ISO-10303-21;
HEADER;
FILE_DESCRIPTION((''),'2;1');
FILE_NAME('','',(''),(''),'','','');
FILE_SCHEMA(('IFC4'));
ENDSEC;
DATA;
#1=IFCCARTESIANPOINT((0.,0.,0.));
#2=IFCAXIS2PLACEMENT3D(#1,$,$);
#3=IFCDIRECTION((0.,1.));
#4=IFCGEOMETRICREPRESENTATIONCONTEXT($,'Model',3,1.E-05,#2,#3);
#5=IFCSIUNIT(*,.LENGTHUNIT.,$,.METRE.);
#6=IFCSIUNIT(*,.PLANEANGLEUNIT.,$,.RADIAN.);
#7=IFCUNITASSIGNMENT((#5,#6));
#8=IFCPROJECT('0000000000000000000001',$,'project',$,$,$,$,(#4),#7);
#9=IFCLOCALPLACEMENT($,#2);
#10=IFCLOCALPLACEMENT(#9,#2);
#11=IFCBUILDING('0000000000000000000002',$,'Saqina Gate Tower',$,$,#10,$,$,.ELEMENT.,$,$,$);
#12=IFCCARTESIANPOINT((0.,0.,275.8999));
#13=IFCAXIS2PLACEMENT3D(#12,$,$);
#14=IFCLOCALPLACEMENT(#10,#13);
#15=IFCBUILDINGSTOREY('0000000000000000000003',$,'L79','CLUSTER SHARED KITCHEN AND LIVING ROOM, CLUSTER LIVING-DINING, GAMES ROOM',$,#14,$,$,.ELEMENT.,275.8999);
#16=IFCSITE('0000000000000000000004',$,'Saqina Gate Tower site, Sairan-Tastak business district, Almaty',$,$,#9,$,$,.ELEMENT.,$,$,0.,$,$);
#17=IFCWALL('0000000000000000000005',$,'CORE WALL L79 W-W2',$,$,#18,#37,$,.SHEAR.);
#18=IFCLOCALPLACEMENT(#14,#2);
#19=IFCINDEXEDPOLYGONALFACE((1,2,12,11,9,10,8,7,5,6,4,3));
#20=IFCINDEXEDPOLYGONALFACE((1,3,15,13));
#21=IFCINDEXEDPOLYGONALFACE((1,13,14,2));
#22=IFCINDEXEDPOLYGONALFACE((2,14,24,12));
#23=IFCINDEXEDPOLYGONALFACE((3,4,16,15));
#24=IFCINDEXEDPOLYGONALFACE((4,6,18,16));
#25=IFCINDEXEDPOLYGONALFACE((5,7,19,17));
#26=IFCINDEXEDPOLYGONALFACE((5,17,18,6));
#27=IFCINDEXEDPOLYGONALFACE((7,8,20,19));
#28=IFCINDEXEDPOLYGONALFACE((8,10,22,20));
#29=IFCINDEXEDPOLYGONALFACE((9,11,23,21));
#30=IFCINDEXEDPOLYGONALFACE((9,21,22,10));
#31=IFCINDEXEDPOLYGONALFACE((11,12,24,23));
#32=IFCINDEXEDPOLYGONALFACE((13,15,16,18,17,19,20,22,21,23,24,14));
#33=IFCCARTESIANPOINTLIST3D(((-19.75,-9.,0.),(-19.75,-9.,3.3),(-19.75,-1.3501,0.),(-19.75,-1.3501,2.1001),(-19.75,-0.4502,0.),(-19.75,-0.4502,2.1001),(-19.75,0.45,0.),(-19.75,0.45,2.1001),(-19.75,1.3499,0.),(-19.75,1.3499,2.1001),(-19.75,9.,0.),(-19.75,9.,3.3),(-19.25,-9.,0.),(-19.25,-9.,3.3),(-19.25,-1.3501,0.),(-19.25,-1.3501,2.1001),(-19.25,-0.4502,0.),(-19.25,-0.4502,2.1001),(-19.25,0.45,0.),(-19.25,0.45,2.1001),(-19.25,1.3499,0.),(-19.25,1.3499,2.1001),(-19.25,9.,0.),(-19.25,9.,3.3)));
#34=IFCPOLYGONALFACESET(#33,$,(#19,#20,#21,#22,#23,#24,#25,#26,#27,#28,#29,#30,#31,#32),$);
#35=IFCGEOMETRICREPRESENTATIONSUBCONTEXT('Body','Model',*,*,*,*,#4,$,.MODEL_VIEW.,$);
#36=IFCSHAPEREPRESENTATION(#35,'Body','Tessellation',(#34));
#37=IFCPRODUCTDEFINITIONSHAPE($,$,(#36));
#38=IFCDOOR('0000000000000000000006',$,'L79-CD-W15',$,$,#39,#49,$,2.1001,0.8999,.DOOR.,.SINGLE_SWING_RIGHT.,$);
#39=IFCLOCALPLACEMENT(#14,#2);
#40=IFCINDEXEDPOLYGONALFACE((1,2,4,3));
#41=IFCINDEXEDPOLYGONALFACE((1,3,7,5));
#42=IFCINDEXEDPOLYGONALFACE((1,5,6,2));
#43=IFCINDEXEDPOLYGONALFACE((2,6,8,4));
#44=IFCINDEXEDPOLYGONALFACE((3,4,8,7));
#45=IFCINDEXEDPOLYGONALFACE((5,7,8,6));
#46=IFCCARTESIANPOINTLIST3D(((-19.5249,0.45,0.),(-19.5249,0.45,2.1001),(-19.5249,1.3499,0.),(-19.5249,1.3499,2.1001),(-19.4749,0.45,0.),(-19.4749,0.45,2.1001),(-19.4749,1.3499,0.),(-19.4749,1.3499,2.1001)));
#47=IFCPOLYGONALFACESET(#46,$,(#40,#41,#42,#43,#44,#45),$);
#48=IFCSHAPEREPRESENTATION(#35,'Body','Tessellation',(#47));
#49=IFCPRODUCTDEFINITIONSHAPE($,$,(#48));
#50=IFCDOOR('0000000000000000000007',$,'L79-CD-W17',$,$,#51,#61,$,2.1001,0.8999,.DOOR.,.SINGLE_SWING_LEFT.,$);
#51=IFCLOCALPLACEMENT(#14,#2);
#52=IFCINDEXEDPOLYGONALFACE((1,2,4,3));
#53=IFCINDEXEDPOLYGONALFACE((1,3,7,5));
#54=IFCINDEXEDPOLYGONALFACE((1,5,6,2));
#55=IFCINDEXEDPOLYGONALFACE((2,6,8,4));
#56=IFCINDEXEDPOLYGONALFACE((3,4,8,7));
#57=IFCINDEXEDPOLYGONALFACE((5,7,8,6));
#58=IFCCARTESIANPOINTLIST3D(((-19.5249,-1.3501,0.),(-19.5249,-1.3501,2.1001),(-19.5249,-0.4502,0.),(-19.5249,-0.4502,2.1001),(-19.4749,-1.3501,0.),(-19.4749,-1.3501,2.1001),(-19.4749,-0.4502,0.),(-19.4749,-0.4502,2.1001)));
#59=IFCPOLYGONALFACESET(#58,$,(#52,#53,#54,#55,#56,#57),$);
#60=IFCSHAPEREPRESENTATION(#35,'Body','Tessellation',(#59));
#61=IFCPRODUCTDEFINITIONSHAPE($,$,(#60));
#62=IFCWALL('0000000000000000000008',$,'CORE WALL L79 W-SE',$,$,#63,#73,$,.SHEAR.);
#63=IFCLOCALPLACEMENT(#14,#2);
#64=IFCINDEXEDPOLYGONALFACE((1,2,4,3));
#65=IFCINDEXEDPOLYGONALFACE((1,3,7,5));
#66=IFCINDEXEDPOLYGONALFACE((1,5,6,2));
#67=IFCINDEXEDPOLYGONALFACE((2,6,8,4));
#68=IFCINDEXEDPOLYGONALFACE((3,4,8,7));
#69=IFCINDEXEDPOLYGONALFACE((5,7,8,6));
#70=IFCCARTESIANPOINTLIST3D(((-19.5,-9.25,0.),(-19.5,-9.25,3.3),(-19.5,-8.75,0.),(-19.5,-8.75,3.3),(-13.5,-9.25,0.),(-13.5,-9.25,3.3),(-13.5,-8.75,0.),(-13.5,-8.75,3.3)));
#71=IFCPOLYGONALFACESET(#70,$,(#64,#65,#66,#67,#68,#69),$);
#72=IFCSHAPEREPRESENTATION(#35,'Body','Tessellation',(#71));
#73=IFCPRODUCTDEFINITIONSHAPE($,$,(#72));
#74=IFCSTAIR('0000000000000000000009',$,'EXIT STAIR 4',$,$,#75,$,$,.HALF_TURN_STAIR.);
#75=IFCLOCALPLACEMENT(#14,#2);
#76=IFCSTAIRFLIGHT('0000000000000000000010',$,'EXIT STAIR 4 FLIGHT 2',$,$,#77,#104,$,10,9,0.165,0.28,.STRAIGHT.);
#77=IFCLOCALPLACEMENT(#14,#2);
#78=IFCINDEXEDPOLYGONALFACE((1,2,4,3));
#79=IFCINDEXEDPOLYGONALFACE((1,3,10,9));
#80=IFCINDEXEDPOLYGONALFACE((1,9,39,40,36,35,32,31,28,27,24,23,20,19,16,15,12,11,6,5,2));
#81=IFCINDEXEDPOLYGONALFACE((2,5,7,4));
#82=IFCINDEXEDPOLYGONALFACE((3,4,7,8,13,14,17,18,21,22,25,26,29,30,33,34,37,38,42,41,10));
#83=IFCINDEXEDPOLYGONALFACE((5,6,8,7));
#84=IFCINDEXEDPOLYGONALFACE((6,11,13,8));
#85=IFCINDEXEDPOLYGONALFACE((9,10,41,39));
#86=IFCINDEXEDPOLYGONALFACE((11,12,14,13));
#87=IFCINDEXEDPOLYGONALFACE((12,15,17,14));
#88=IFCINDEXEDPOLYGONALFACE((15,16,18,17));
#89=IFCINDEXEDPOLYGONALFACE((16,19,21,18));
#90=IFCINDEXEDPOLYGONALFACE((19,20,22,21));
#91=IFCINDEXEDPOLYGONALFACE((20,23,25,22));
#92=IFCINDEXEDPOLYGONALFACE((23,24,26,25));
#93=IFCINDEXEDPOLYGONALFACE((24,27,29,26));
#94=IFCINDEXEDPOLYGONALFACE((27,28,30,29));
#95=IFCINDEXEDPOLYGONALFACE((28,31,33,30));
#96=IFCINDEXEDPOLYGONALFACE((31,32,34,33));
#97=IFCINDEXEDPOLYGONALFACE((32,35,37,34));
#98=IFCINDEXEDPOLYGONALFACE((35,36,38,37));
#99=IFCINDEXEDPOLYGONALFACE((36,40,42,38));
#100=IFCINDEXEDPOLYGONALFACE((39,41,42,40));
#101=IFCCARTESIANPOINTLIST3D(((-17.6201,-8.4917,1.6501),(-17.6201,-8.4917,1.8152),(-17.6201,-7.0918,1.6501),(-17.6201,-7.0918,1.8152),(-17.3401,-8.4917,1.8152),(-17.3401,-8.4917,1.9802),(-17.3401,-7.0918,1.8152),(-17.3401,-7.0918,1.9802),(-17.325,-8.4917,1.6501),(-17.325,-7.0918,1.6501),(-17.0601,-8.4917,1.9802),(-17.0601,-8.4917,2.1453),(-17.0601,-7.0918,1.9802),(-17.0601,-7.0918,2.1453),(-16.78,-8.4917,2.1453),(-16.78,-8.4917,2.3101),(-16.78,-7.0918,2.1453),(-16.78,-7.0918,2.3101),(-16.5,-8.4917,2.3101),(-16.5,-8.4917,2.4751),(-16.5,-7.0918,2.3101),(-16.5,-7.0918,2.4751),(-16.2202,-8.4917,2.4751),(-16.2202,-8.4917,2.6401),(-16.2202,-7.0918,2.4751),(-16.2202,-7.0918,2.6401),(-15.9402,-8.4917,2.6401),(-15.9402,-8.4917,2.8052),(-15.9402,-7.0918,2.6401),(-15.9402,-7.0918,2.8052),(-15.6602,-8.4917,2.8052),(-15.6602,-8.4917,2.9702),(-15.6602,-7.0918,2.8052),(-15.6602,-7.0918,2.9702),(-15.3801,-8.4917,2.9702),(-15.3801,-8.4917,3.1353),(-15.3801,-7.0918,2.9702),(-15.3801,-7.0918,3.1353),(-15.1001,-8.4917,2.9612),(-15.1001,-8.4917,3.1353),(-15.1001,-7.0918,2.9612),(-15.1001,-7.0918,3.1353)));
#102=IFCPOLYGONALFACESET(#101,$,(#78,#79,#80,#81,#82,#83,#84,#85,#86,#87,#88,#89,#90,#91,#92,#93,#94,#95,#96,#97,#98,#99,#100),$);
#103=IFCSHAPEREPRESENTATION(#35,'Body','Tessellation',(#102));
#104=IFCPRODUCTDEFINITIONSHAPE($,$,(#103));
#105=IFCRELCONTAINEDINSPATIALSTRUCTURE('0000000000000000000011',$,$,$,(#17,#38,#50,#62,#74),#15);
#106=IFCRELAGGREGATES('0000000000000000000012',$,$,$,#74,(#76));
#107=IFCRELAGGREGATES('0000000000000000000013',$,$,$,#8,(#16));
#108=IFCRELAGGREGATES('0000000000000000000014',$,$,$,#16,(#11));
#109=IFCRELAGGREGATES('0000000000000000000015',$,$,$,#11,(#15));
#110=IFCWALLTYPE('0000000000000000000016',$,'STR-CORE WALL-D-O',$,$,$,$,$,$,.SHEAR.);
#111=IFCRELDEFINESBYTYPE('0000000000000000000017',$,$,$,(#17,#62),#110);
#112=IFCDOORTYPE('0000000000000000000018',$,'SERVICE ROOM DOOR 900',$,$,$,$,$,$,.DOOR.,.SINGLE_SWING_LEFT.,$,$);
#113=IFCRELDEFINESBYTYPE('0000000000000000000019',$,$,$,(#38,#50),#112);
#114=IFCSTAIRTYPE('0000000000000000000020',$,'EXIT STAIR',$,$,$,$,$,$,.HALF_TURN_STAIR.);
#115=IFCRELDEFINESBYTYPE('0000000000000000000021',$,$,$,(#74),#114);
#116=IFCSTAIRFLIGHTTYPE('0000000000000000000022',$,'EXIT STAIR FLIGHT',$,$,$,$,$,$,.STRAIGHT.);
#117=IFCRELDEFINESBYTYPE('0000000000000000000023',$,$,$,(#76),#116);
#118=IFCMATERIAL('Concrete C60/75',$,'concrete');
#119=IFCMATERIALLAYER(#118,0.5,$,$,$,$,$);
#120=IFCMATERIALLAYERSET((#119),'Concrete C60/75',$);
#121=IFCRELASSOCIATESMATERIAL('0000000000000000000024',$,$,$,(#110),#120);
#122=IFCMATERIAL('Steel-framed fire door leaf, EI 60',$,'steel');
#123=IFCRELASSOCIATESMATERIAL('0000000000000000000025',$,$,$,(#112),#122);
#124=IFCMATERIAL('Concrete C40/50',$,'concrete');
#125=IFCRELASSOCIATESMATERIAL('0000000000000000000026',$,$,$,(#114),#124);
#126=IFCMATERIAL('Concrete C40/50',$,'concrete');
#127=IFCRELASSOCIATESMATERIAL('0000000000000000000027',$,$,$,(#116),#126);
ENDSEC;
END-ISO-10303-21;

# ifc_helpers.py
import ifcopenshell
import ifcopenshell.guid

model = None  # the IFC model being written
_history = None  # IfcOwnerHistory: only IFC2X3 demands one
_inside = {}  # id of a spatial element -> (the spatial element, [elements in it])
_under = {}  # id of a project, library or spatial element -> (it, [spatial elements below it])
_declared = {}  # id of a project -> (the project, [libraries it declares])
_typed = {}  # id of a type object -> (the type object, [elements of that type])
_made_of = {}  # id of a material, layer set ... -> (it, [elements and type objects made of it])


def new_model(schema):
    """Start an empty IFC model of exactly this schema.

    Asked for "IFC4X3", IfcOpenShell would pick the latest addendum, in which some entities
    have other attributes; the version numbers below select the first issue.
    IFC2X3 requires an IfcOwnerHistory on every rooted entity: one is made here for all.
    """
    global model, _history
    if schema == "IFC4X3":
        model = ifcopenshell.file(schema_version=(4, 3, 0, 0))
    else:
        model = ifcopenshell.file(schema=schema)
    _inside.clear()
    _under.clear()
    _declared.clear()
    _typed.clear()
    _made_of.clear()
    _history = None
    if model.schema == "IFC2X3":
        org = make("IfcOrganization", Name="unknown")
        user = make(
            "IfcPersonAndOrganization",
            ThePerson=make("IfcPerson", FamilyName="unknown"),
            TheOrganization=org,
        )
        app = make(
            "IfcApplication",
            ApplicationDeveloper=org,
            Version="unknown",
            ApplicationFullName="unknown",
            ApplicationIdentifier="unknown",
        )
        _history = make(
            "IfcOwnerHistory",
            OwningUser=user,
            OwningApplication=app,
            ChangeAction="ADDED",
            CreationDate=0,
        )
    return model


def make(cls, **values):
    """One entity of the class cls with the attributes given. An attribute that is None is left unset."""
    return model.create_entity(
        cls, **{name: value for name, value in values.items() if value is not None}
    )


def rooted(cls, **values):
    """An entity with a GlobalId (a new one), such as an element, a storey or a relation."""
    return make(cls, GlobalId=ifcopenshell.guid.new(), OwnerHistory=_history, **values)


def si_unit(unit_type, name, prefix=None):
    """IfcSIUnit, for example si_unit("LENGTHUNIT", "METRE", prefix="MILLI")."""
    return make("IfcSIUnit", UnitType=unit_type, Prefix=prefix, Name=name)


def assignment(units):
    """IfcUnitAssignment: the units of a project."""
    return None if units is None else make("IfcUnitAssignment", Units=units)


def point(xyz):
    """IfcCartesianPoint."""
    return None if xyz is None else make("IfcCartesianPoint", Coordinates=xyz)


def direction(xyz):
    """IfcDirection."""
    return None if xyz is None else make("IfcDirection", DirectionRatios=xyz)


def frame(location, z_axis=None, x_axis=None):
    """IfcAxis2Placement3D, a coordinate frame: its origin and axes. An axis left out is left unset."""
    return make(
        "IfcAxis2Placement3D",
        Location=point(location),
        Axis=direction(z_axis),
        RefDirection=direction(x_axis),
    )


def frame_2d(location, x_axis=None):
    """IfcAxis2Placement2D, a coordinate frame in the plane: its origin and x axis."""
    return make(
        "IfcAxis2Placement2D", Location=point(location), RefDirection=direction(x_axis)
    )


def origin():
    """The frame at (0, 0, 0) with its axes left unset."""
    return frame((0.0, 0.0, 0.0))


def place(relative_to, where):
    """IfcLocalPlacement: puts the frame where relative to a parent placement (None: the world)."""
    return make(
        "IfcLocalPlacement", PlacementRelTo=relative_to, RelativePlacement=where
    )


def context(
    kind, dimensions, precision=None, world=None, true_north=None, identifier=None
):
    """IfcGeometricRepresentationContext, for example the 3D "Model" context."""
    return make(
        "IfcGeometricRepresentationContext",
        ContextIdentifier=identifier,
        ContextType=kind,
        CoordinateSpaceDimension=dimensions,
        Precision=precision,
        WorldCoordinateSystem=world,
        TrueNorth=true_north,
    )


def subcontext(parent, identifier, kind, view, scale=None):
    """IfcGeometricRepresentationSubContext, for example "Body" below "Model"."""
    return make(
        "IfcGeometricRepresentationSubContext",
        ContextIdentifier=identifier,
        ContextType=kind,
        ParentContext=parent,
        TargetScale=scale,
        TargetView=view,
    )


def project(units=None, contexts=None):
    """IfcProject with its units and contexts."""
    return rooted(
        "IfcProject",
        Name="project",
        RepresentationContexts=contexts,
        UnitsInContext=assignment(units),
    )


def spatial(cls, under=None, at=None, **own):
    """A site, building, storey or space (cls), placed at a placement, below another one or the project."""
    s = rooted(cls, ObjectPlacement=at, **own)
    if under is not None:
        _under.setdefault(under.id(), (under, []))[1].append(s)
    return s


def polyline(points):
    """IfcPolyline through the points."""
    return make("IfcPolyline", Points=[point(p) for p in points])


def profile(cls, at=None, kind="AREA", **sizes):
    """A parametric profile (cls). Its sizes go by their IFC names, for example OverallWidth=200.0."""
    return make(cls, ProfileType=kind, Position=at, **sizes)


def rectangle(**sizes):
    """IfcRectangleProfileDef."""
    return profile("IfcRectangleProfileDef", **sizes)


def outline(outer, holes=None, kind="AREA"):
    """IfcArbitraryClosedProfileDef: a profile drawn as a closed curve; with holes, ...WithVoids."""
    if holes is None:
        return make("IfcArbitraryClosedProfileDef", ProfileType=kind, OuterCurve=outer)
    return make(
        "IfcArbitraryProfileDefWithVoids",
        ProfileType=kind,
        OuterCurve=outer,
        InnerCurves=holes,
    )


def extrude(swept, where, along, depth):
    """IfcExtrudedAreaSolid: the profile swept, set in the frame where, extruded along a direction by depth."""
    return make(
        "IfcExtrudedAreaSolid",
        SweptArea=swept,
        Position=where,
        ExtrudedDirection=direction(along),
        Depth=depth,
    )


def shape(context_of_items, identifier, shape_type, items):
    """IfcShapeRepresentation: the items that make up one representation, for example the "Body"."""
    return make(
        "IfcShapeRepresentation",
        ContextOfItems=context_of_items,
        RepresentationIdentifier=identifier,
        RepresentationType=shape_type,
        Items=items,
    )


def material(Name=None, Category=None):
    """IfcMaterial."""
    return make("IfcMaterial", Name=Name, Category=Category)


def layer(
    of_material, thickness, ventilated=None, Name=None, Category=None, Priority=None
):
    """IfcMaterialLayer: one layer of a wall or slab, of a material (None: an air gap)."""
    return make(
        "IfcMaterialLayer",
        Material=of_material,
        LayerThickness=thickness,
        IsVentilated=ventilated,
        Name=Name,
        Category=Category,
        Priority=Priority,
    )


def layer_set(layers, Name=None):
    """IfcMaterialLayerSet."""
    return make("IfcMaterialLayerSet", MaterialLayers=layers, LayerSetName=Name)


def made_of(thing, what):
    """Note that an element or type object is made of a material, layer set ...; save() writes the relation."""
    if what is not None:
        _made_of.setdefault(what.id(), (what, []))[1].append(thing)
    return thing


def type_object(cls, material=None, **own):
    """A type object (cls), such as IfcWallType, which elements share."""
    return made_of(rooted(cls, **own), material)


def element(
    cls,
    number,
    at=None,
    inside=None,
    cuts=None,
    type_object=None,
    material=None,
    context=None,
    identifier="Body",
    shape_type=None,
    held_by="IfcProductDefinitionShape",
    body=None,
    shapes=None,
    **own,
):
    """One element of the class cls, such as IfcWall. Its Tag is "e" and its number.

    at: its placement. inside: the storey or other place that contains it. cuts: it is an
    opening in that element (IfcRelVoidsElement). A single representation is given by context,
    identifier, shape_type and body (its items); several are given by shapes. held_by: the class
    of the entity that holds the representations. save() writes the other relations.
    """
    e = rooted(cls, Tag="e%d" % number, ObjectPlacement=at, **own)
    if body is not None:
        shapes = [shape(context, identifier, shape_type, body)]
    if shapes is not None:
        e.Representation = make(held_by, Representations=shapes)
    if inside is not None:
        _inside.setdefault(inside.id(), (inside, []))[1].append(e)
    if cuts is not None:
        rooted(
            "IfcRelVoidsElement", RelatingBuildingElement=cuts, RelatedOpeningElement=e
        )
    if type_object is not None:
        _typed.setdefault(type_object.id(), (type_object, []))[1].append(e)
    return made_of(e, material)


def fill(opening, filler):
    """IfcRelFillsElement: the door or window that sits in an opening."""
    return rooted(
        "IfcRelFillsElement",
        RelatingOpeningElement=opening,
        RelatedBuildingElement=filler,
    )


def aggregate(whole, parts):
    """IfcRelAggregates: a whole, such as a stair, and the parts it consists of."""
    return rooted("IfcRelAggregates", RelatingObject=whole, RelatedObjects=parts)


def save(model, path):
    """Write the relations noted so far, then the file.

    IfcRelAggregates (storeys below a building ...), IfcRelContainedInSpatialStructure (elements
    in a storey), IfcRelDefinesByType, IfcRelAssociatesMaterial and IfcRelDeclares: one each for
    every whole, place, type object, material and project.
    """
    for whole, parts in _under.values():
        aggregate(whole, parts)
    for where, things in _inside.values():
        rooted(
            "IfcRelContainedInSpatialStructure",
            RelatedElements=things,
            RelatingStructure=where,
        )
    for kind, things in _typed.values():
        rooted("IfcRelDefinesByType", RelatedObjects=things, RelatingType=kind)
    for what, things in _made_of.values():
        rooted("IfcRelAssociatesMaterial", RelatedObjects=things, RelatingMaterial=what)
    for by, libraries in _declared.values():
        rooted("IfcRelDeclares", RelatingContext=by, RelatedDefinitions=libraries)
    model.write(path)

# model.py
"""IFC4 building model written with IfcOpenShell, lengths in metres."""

from ifc_helpers import new_model, si_unit, direction, frame, frame_2d, origin, place, context, subcontext, project, spatial, polyline, rectangle, outline, extrude, material, layer, layer_set, type_object, element, fill, aggregate, save


model = new_model("IFC4")

# Units and contexts
model_context = context("Model", 3, precision=1e-05, world=origin(), true_north=direction((0.0, 1.0)))
body_context = subcontext(model_context, "Body", "Model", "MODEL_VIEW")
ifc_project = project(units=[si_unit("LENGTHUNIT", "METRE"), si_unit("PLANEANGLEUNIT", "RADIAN")], contexts=[model_context])

# Site, building, storey
site_placement = place(None, origin())
site = spatial("IfcSite", under=ifc_project, at=site_placement, Name="Saqina Gate Tower site, Sairan-Tastak business district, Almaty", CompositionType="ELEMENT", RefElevation=0.0)
building_placement = place(site_placement, origin())
building = spatial("IfcBuilding", under=site, at=building_placement, Name="Saqina Gate Tower", CompositionType="ELEMENT")
storey_placement = place(building_placement, frame((0.0, 0.0, 275.8999)))
storey = spatial("IfcBuildingStorey", under=building, at=storey_placement, Name="L79", Description="CLUSTER SHARED KITCHEN AND LIVING ROOM, CLUSTER LIVING-DINING, GAMES ROOM", CompositionType="ELEMENT", Elevation=275.8999)

# Wall, openings, doors
ifc_material_1 = material(Name="Concrete C60/75", Category="concrete")
ifc_layer_1 = layer(ifc_material_1, 0.5)
ifc_layer_set_1 = layer_set([ifc_layer_1], Name="Concrete C60/75")
wall_type_1 = type_object("IfcWallType", Name="STR-CORE WALL-D-O", PredefinedType="SHEAR", material=ifc_layer_set_1)
wall_1_placement = place(storey_placement, frame((-19.5, -9.0, 0.0), z_axis=(0.0, 0.0, 1.0), x_axis=(0.0, 1.0, 0.0)))
wall_1 = element("IfcWall", 1, at=wall_1_placement, inside=storey, type_object=wall_type_1, Name="CORE WALL L79 W-W2", PredefinedType="SHEAR", context=body_context, shape_type="SweptSolid", body=[
    extrude(rectangle(XDim=18.0, YDim=0.5, at=frame_2d((9.0, 0.0))), origin(), (0.0, 0.0, 1.0), 3.3),
])
opening_1_placement = place(wall_1_placement, frame((9.45, 0.0, 0.0)))
opening_1 = element("IfcOpeningElement", 2, at=opening_1_placement, cuts=wall_1, PredefinedType="OPENING", context=body_context, shape_type="SweptSolid", body=[
    extrude(rectangle(XDim=0.8999, YDim=2.1001, at=frame_2d((0.45, 1.05))), frame((0.0, 0.262, 0.0), z_axis=(0.0, -1.0, 0.0), x_axis=(1.0, 0.0, 0.0)), (0.0, 0.0, 1.0), 0.5239),
])
opening_2_placement = place(wall_1_placement, frame((7.6499, 0.0, 0.0)))
opening_2 = element("IfcOpeningElement", 3, at=opening_2_placement, cuts=wall_1, PredefinedType="OPENING", context=body_context, shape_type="SweptSolid", body=[
    extrude(rectangle(XDim=0.8999, YDim=2.1001, at=frame_2d((0.45, 1.05))), frame((0.0, 0.262, 0.0), z_axis=(0.0, -1.0, 0.0), x_axis=(1.0, 0.0, 0.0)), (0.0, 0.0, 1.0), 0.5239),
])
ifc_material_2 = material(Name="Steel-framed fire door leaf, EI 60", Category="steel")
door_type_1 = type_object("IfcDoorType", Name="SERVICE ROOM DOOR 900", OperationType="SINGLE_SWING_LEFT", PredefinedType="DOOR", material=ifc_material_2)
door_1_placement = place(opening_1_placement, origin())
door_1 = element("IfcDoor", 4, at=door_1_placement, inside=storey, type_object=door_type_1, Name="L79-CD-W15", OperationType="SINGLE_SWING_RIGHT", OverallHeight=2.1001, OverallWidth=0.8999, PredefinedType="DOOR", context=body_context, shape_type="SweptSolid", body=[
    extrude(rectangle(XDim=0.8999, YDim=2.1001, at=frame_2d((0.45, 1.05))), frame((0.0, 0.0249, 0.0), z_axis=(0.0, -1.0, 0.0), x_axis=(1.0, 0.0, 0.0)), (0.0, 0.0, 1.0), 0.05),
])
fill(opening_1, door_1)
door_2_placement = place(opening_2_placement, origin())
door_2 = element("IfcDoor", 5, at=door_2_placement, inside=storey, type_object=door_type_1, Name="L79-CD-W17", OperationType="SINGLE_SWING_LEFT", OverallHeight=2.1001, OverallWidth=0.8999, PredefinedType="DOOR", context=body_context, shape_type="SweptSolid", body=[
    extrude(rectangle(XDim=0.8999, YDim=2.1001, at=frame_2d((0.45, 1.05))), frame((0.0, 0.0249, 0.0), z_axis=(0.0, -1.0, 0.0), x_axis=(1.0, 0.0, 0.0)), (0.0, 0.0, 1.0), 0.05),
])
fill(opening_2, door_2)

# Wall
wall_2_placement = place(storey_placement, frame((-13.5, -9.0, 0.0), z_axis=(0.0, 0.0, 1.0), x_axis=(-1.0, 0.0, 0.0)))
element("IfcWall", 6, at=wall_2_placement, inside=storey, type_object=wall_type_1, Name="CORE WALL L79 W-SE", PredefinedType="SHEAR", context=body_context, shape_type="SweptSolid", body=[
    extrude(rectangle(XDim=6.0, YDim=0.5, at=frame_2d((3.0, 0.0))), origin(), (0.0, 0.0, 1.0), 3.3),
])

# Stair, stair flight
ifc_material_3 = material(Name="Concrete C40/50", Category="concrete")
stair_type = type_object("IfcStairType", Name="EXIT STAIR", PredefinedType="HALF_TURN_STAIR", material=ifc_material_3)
stair_placement = place(storey_placement, origin())
stair = element("IfcStair", 7, at=stair_placement, inside=storey, type_object=stair_type, Name="EXIT STAIR 4", PredefinedType="HALF_TURN_STAIR")
ifc_material_4 = material(Name="Concrete C40/50", Category="concrete")
stair_flight_type = type_object("IfcStairFlightType", Name="EXIT STAIR FLIGHT", PredefinedType="STRAIGHT", material=ifc_material_4)
stair_flight_placement = place(storey_placement, frame((-17.6201, -7.7917, 1.6501), z_axis=(0.0, 0.0, 1.0), x_axis=(1.0, 0.0, 0.0)))
stair_flight = element("IfcStairFlight", 8, at=stair_flight_placement, type_object=stair_flight_type, Name="EXIT STAIR 4 FLIGHT 2", NumberOfRisers=10, NumberOfTreads=9, PredefinedType="STRAIGHT", RiserHeight=0.165, TreadLength=0.28, context=body_context, shape_type="SweptSolid", body=[
    extrude(outline(polyline([(0.0, 0.0), (0.0, 0.165), (0.28, 0.165), (0.28, 0.3301), (0.5601, 0.3301), (0.5601, 0.4951), (0.8401, 0.4951), (0.8401, 0.6599), (1.1201, 0.6599), (1.1201, 0.825), (1.3999, 0.825), (1.3999, 0.99), (1.6799, 0.99), (1.6799, 1.155), (1.96, 1.155), (1.96, 1.3201), (2.24, 1.3201), (2.24, 1.4851), (2.52, 1.4851), (2.52, 1.6499), (2.52, 1.311), (0.2952, 0.0), (0.0, 0.0)])), frame((0.0, 0.7, 0.0), z_axis=(0.0, -1.0, 0.0), x_axis=(1.0, 0.0, 0.0)), (0.0, 0.0, 1.0), 1.3999),
])
aggregate(stair, [stair_flight])

save(model, "model.ifc")
